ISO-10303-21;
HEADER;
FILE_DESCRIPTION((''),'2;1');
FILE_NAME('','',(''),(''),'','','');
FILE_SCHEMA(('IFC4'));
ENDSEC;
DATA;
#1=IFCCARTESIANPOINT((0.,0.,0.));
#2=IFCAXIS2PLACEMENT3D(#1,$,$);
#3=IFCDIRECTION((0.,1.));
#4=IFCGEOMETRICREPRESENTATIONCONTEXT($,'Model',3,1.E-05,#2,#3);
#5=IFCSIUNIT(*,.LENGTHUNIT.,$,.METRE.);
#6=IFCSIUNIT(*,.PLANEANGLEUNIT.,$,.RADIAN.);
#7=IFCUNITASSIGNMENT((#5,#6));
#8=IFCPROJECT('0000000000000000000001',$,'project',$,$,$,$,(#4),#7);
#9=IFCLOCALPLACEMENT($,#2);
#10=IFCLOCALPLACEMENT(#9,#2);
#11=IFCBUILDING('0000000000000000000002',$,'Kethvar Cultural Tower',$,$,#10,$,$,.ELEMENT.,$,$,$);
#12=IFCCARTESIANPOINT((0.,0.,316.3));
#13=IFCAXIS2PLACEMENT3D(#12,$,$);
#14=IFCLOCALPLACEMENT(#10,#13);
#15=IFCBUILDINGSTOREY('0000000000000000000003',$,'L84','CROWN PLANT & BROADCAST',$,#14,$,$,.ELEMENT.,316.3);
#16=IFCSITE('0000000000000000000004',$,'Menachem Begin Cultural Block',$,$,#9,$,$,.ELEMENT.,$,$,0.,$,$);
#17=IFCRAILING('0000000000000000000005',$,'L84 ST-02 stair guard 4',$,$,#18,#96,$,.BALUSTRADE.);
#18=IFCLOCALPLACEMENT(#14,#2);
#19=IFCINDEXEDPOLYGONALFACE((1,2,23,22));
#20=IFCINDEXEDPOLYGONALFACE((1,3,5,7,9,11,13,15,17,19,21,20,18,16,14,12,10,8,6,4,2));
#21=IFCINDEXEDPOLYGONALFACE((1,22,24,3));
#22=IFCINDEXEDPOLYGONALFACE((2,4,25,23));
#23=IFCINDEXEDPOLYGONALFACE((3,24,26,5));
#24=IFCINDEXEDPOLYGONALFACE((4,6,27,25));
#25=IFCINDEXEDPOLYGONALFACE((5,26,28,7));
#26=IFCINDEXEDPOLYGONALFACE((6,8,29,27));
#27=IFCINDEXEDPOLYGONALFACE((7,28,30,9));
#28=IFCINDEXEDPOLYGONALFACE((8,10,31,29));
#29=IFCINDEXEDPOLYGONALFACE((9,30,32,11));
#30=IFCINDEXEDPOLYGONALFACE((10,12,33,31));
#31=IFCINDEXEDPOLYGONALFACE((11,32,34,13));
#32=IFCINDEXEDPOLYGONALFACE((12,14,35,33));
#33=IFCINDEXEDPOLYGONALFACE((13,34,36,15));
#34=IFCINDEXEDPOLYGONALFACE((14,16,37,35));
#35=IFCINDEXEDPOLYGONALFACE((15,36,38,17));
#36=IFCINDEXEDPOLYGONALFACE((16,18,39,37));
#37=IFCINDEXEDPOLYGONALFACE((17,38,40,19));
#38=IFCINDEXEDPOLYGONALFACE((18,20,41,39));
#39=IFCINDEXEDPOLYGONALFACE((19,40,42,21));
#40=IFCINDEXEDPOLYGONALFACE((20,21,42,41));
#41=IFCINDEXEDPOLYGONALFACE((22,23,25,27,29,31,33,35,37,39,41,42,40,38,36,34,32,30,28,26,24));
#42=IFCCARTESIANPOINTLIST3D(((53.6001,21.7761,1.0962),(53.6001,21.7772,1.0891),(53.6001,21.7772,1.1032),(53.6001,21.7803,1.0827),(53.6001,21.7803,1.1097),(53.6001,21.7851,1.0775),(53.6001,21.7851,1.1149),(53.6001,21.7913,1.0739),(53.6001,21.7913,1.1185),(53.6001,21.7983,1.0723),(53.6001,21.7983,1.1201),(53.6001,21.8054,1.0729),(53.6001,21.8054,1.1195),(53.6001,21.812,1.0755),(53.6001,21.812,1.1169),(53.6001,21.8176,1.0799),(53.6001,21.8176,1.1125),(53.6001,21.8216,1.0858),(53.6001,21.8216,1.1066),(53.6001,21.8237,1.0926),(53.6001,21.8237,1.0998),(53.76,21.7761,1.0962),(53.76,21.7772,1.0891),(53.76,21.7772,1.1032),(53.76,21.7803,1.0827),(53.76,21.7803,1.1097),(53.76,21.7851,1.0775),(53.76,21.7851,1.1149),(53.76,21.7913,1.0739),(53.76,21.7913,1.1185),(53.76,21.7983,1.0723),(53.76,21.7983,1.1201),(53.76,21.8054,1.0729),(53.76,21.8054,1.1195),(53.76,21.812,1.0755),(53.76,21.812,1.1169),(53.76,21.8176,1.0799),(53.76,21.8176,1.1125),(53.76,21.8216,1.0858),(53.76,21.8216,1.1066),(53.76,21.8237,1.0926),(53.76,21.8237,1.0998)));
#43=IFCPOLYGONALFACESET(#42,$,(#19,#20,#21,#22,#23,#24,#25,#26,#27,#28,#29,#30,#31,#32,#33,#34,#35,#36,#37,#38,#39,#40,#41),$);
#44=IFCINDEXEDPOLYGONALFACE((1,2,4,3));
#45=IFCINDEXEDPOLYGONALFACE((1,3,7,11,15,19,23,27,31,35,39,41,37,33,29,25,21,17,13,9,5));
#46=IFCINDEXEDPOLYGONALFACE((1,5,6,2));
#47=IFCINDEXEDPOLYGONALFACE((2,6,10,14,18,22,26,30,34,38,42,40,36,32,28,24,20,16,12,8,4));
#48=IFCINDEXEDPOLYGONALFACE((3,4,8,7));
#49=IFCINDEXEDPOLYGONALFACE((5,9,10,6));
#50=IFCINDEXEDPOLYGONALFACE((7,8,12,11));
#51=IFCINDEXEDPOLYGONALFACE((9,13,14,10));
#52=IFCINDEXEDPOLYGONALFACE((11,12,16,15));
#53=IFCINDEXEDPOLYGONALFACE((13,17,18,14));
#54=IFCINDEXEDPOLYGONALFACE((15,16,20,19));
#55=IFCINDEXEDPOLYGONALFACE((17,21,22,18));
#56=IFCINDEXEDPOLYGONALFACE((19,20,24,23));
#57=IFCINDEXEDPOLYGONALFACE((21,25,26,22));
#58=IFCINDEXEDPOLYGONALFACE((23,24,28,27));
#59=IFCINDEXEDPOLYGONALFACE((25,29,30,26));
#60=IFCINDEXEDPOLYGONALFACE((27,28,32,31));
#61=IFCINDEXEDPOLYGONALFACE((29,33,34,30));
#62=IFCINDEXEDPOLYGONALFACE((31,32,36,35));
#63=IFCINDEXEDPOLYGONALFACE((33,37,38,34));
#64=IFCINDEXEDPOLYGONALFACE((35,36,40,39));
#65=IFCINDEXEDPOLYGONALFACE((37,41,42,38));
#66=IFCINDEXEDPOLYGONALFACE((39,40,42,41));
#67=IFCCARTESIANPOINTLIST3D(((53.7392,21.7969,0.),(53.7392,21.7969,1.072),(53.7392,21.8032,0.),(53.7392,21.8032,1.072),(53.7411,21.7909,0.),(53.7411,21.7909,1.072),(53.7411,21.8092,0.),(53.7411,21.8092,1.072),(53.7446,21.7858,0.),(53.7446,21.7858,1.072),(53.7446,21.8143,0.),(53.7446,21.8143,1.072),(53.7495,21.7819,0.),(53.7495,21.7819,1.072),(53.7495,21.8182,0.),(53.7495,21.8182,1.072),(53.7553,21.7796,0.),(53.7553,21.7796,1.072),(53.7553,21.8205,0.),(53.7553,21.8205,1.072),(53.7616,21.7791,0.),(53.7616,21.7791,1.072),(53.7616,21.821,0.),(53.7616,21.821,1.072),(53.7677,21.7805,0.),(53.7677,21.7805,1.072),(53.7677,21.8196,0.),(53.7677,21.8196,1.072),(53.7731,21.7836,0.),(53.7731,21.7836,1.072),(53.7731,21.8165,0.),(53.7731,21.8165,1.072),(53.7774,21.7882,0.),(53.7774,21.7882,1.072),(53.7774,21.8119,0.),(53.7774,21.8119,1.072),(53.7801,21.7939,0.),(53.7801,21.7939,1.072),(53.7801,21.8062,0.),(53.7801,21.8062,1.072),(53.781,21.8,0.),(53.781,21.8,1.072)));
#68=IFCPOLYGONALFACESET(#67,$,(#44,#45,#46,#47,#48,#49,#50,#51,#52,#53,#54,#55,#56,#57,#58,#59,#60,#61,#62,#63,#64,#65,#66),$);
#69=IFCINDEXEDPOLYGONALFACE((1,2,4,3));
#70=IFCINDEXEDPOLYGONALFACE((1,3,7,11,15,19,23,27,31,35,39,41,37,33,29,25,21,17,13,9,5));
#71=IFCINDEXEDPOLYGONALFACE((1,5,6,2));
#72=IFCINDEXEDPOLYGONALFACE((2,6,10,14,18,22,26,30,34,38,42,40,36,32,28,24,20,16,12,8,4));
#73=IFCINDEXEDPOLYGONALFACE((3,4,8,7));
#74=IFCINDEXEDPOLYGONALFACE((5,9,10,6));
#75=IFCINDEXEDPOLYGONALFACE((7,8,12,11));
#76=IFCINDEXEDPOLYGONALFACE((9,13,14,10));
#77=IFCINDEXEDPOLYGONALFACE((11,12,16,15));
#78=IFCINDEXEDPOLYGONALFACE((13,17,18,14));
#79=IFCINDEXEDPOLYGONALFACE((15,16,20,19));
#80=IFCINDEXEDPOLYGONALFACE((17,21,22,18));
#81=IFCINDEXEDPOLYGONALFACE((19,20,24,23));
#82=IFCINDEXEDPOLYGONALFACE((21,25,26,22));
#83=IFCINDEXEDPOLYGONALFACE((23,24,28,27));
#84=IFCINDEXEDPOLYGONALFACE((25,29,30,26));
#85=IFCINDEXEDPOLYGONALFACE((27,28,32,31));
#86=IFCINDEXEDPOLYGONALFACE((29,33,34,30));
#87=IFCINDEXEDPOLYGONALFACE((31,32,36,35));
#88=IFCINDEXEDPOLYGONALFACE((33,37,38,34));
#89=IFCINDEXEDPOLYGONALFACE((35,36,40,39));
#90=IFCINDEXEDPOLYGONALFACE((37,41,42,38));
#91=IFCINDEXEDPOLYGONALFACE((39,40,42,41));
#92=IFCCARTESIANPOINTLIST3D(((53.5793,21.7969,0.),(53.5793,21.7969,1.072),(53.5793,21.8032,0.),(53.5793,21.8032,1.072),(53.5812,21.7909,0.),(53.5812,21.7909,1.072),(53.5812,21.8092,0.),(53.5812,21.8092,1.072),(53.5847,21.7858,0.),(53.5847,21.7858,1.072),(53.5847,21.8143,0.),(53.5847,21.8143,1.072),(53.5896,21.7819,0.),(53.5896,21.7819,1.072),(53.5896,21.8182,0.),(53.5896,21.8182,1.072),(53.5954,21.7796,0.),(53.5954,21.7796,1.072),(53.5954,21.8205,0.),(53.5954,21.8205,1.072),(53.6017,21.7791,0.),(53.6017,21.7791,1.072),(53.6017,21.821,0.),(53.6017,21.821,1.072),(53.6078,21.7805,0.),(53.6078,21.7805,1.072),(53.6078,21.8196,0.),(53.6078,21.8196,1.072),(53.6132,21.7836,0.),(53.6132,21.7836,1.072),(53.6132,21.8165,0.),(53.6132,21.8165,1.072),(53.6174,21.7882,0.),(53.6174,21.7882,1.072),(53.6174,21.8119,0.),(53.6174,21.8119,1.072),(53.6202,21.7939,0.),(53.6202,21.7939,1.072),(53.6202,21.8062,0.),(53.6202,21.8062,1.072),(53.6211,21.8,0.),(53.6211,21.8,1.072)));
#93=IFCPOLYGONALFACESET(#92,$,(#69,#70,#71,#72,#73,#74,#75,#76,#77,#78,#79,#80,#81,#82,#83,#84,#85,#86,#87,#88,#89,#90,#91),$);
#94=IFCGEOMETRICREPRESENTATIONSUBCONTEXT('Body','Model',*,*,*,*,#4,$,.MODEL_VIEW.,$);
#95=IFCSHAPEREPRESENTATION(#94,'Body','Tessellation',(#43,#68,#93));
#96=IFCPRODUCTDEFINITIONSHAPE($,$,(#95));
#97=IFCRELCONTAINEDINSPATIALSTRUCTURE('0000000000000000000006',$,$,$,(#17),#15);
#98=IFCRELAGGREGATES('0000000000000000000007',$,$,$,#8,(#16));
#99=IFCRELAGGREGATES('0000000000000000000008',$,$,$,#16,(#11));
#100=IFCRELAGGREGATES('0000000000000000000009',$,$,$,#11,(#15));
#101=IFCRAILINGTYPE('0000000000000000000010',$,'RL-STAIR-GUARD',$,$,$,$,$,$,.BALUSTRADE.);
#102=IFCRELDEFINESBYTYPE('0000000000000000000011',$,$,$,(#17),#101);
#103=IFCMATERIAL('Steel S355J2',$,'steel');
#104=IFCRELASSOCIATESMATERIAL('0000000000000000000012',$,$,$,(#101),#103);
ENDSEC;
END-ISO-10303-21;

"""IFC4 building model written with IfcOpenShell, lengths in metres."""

from ifc_helpers import new_model, si_unit, direction, frame, origin, origin_2d, place, context, subcontext, project, spatial, circle, extrude, material, type_object, element, save


model = new_model("IFC4")

# Units and contexts
model_context = context("Model", 3, precision=1e-05, world=origin(), true_north=direction((0.0, 1.0)))
body_context = subcontext(model_context, "Body", "Model", "MODEL_VIEW")
ifc_project = project(units=[si_unit("LENGTHUNIT", "METRE"), si_unit("PLANEANGLEUNIT", "RADIAN")], contexts=[model_context])

# Site, building, storey
site_placement = place(None, origin())
site = spatial("IfcSite", under=ifc_project, at=site_placement, Name="Menachem Begin Cultural Block", CompositionType="ELEMENT", RefElevation=0.0)
building_placement = place(site_placement, origin())
building = spatial("IfcBuilding", under=site, at=building_placement, Name="Kethvar Cultural Tower", CompositionType="ELEMENT")
storey_placement = place(building_placement, frame((0.0, 0.0, 316.3)))
storey = spatial("IfcBuildingStorey", under=building, at=storey_placement, Name="L84", Description="CROWN PLANT & BROADCAST", CompositionType="ELEMENT", Elevation=316.3)

# Shared definitions
ifc_material_1 = material(Name="Steel S355J2", Category="steel")

# Railing
railing_type_1 = type_object("IfcRailingType", Name="RL-STAIR-GUARD", PredefinedType="BALUSTRADE", material=ifc_material_1)
railing_1_placement = place(storey_placement, frame((53.76, 21.8, 0.0)))
element("IfcRailing", 1, at=railing_1_placement, inside=storey, type_object=railing_type_1, Name="L84 ST-02 stair guard 4", PredefinedType="BALUSTRADE", context=body_context, shape_type="SweptSolid", body=[
    extrude(circle(Radius=0.0239, at=origin_2d()), frame((0.0, 0.0, 1.0962), z_axis=(-1.0, 0.0, 0.0), x_axis=(0.0, -1.0, 0.0)), (0.0, 0.0, 1.0), 0.1599),
    extrude(circle(Radius=0.021, at=origin_2d()), origin(), (0.0, 0.0, 1.0), 1.072),
    extrude(circle(Radius=0.021, at=origin_2d()), frame((-0.1599, 0.0, 0.0)), (0.0, 0.0, 1.0), 1.072),
])

save(model, "model.ifc")
